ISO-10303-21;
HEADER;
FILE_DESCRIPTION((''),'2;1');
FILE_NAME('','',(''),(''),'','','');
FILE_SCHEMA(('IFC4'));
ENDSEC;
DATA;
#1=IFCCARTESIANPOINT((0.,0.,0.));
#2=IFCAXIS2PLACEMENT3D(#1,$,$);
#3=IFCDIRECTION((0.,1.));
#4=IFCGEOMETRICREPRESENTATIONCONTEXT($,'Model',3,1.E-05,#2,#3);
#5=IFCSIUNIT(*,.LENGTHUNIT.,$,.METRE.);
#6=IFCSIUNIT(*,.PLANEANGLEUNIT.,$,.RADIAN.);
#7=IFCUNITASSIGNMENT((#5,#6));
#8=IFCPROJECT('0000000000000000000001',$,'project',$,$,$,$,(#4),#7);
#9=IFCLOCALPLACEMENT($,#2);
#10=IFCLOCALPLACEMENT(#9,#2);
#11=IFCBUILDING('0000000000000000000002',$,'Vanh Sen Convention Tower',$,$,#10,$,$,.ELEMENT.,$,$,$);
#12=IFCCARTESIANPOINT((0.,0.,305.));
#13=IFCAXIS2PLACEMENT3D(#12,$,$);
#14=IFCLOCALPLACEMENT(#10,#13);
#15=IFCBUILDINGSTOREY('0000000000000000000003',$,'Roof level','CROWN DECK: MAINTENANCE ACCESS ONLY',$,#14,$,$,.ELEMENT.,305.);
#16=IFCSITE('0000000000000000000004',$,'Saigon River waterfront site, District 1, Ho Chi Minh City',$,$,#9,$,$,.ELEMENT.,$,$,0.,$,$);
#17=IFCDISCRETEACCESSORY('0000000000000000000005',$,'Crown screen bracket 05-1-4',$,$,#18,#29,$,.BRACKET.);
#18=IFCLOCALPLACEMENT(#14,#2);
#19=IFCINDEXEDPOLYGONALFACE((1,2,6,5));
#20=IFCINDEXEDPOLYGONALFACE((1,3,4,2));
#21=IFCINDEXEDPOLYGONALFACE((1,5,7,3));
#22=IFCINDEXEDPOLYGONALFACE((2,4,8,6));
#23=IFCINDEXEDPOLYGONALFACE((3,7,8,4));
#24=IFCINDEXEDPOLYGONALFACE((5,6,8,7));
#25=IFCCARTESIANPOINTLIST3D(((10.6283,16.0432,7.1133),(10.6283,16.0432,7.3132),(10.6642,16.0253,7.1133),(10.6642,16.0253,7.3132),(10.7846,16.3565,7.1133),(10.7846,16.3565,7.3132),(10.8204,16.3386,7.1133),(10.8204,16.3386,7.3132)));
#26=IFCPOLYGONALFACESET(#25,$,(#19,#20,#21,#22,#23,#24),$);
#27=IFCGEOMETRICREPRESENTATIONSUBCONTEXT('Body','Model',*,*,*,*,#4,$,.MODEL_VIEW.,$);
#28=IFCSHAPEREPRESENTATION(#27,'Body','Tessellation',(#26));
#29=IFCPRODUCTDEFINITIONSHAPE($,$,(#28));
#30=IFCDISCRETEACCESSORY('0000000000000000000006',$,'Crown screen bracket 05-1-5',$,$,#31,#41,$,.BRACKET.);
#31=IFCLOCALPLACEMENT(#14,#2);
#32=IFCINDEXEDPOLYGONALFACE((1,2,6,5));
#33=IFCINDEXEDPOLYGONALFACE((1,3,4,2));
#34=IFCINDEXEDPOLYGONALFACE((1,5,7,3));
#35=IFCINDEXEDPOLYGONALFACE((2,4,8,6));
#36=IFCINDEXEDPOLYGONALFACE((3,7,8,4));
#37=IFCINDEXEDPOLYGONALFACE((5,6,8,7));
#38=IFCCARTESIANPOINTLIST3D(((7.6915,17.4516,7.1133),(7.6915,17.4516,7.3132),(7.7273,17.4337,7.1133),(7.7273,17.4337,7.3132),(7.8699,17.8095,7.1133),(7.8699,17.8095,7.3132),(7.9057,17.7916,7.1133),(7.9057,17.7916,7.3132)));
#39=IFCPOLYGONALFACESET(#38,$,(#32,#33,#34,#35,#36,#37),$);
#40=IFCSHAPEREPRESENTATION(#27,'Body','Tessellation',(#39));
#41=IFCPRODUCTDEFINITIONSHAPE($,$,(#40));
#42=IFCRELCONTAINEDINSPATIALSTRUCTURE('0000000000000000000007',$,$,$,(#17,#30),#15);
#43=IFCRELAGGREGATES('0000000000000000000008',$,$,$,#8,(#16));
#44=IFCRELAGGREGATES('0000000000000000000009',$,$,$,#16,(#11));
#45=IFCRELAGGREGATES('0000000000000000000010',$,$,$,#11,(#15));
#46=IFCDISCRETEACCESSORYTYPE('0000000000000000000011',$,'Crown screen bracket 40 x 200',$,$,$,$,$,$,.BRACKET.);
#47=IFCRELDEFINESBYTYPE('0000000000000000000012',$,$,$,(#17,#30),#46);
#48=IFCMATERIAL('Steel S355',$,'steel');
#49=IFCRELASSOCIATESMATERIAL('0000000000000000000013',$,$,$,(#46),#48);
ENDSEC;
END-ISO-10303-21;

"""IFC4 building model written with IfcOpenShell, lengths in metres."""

from ifc_helpers import new_model, si_unit, direction, frame, origin, origin_2d, place, context, subcontext, project, spatial, rectangle, extrude, material, type_object, element, save


model = new_model("IFC4")

# Units and contexts
model_context = context("Model", 3, precision=1e-05, world=origin(), true_north=direction((0.0, 1.0)))
body_context = subcontext(model_context, "Body", "Model", "MODEL_VIEW")
ifc_project = project(units=[si_unit("LENGTHUNIT", "METRE"), si_unit("PLANEANGLEUNIT", "RADIAN")], contexts=[model_context])

# Site, building, storey
site_placement = place(None, origin())
site = spatial("IfcSite", under=ifc_project, at=site_placement, Name="Saigon River waterfront site, District 1, Ho Chi Minh City", CompositionType="ELEMENT", RefElevation=0.0)
building_placement = place(site_placement, origin())
building = spatial("IfcBuilding", under=site, at=building_placement, Name="Vanh Sen Convention Tower", CompositionType="ELEMENT")
storey_placement = place(building_placement, frame((0.0, 0.0, 305.0)))
storey = spatial("IfcBuildingStorey", under=building, at=storey_placement, Name="Roof level", Description="CROWN DECK: MAINTENANCE ACCESS ONLY", CompositionType="ELEMENT", Elevation=305.0)

# Discrete accessories
ifc_material_1 = material(Name="Steel S355", Category="steel")
discrete_accessory_type_1 = type_object("IfcDiscreteAccessoryType", Name="Crown screen bracket 40 x 200", PredefinedType="BRACKET", material=ifc_material_1)
discrete_accessory_1_placement = place(storey_placement, frame((10.7244, 16.1909, 7.1133), z_axis=(0.0, 0.0, 1.0), x_axis=(0.446193, 0.894937, 0.0)))
element("IfcDiscreteAccessory", 1, at=discrete_accessory_1_placement, inside=storey, type_object=discrete_accessory_type_1, Name="Crown screen bracket 05-1-4", PredefinedType="BRACKET", context=body_context, shape_type="SweptSolid", body=[
    extrude(rectangle(XDim=0.3501, YDim=0.04, at=origin_2d()), origin(), (0.0, 0.0, 1.0), 0.2),
])
discrete_accessory_2_placement = place(storey_placement, frame((7.7986, 17.6216, 7.1133), z_axis=(0.0, 0.0, 1.0), x_axis=(0.446193, 0.894937, 0.0)))
element("IfcDiscreteAccessory", 2, at=discrete_accessory_2_placement, inside=storey, type_object=discrete_accessory_type_1, Name="Crown screen bracket 05-1-5", PredefinedType="BRACKET", context=body_context, shape_type="SweptSolid", body=[
    extrude(rectangle(XDim=0.3999, YDim=0.04, at=origin_2d()), origin(), (0.0, 0.0, 1.0), 0.2),
])

save(model, "model.ifc")
